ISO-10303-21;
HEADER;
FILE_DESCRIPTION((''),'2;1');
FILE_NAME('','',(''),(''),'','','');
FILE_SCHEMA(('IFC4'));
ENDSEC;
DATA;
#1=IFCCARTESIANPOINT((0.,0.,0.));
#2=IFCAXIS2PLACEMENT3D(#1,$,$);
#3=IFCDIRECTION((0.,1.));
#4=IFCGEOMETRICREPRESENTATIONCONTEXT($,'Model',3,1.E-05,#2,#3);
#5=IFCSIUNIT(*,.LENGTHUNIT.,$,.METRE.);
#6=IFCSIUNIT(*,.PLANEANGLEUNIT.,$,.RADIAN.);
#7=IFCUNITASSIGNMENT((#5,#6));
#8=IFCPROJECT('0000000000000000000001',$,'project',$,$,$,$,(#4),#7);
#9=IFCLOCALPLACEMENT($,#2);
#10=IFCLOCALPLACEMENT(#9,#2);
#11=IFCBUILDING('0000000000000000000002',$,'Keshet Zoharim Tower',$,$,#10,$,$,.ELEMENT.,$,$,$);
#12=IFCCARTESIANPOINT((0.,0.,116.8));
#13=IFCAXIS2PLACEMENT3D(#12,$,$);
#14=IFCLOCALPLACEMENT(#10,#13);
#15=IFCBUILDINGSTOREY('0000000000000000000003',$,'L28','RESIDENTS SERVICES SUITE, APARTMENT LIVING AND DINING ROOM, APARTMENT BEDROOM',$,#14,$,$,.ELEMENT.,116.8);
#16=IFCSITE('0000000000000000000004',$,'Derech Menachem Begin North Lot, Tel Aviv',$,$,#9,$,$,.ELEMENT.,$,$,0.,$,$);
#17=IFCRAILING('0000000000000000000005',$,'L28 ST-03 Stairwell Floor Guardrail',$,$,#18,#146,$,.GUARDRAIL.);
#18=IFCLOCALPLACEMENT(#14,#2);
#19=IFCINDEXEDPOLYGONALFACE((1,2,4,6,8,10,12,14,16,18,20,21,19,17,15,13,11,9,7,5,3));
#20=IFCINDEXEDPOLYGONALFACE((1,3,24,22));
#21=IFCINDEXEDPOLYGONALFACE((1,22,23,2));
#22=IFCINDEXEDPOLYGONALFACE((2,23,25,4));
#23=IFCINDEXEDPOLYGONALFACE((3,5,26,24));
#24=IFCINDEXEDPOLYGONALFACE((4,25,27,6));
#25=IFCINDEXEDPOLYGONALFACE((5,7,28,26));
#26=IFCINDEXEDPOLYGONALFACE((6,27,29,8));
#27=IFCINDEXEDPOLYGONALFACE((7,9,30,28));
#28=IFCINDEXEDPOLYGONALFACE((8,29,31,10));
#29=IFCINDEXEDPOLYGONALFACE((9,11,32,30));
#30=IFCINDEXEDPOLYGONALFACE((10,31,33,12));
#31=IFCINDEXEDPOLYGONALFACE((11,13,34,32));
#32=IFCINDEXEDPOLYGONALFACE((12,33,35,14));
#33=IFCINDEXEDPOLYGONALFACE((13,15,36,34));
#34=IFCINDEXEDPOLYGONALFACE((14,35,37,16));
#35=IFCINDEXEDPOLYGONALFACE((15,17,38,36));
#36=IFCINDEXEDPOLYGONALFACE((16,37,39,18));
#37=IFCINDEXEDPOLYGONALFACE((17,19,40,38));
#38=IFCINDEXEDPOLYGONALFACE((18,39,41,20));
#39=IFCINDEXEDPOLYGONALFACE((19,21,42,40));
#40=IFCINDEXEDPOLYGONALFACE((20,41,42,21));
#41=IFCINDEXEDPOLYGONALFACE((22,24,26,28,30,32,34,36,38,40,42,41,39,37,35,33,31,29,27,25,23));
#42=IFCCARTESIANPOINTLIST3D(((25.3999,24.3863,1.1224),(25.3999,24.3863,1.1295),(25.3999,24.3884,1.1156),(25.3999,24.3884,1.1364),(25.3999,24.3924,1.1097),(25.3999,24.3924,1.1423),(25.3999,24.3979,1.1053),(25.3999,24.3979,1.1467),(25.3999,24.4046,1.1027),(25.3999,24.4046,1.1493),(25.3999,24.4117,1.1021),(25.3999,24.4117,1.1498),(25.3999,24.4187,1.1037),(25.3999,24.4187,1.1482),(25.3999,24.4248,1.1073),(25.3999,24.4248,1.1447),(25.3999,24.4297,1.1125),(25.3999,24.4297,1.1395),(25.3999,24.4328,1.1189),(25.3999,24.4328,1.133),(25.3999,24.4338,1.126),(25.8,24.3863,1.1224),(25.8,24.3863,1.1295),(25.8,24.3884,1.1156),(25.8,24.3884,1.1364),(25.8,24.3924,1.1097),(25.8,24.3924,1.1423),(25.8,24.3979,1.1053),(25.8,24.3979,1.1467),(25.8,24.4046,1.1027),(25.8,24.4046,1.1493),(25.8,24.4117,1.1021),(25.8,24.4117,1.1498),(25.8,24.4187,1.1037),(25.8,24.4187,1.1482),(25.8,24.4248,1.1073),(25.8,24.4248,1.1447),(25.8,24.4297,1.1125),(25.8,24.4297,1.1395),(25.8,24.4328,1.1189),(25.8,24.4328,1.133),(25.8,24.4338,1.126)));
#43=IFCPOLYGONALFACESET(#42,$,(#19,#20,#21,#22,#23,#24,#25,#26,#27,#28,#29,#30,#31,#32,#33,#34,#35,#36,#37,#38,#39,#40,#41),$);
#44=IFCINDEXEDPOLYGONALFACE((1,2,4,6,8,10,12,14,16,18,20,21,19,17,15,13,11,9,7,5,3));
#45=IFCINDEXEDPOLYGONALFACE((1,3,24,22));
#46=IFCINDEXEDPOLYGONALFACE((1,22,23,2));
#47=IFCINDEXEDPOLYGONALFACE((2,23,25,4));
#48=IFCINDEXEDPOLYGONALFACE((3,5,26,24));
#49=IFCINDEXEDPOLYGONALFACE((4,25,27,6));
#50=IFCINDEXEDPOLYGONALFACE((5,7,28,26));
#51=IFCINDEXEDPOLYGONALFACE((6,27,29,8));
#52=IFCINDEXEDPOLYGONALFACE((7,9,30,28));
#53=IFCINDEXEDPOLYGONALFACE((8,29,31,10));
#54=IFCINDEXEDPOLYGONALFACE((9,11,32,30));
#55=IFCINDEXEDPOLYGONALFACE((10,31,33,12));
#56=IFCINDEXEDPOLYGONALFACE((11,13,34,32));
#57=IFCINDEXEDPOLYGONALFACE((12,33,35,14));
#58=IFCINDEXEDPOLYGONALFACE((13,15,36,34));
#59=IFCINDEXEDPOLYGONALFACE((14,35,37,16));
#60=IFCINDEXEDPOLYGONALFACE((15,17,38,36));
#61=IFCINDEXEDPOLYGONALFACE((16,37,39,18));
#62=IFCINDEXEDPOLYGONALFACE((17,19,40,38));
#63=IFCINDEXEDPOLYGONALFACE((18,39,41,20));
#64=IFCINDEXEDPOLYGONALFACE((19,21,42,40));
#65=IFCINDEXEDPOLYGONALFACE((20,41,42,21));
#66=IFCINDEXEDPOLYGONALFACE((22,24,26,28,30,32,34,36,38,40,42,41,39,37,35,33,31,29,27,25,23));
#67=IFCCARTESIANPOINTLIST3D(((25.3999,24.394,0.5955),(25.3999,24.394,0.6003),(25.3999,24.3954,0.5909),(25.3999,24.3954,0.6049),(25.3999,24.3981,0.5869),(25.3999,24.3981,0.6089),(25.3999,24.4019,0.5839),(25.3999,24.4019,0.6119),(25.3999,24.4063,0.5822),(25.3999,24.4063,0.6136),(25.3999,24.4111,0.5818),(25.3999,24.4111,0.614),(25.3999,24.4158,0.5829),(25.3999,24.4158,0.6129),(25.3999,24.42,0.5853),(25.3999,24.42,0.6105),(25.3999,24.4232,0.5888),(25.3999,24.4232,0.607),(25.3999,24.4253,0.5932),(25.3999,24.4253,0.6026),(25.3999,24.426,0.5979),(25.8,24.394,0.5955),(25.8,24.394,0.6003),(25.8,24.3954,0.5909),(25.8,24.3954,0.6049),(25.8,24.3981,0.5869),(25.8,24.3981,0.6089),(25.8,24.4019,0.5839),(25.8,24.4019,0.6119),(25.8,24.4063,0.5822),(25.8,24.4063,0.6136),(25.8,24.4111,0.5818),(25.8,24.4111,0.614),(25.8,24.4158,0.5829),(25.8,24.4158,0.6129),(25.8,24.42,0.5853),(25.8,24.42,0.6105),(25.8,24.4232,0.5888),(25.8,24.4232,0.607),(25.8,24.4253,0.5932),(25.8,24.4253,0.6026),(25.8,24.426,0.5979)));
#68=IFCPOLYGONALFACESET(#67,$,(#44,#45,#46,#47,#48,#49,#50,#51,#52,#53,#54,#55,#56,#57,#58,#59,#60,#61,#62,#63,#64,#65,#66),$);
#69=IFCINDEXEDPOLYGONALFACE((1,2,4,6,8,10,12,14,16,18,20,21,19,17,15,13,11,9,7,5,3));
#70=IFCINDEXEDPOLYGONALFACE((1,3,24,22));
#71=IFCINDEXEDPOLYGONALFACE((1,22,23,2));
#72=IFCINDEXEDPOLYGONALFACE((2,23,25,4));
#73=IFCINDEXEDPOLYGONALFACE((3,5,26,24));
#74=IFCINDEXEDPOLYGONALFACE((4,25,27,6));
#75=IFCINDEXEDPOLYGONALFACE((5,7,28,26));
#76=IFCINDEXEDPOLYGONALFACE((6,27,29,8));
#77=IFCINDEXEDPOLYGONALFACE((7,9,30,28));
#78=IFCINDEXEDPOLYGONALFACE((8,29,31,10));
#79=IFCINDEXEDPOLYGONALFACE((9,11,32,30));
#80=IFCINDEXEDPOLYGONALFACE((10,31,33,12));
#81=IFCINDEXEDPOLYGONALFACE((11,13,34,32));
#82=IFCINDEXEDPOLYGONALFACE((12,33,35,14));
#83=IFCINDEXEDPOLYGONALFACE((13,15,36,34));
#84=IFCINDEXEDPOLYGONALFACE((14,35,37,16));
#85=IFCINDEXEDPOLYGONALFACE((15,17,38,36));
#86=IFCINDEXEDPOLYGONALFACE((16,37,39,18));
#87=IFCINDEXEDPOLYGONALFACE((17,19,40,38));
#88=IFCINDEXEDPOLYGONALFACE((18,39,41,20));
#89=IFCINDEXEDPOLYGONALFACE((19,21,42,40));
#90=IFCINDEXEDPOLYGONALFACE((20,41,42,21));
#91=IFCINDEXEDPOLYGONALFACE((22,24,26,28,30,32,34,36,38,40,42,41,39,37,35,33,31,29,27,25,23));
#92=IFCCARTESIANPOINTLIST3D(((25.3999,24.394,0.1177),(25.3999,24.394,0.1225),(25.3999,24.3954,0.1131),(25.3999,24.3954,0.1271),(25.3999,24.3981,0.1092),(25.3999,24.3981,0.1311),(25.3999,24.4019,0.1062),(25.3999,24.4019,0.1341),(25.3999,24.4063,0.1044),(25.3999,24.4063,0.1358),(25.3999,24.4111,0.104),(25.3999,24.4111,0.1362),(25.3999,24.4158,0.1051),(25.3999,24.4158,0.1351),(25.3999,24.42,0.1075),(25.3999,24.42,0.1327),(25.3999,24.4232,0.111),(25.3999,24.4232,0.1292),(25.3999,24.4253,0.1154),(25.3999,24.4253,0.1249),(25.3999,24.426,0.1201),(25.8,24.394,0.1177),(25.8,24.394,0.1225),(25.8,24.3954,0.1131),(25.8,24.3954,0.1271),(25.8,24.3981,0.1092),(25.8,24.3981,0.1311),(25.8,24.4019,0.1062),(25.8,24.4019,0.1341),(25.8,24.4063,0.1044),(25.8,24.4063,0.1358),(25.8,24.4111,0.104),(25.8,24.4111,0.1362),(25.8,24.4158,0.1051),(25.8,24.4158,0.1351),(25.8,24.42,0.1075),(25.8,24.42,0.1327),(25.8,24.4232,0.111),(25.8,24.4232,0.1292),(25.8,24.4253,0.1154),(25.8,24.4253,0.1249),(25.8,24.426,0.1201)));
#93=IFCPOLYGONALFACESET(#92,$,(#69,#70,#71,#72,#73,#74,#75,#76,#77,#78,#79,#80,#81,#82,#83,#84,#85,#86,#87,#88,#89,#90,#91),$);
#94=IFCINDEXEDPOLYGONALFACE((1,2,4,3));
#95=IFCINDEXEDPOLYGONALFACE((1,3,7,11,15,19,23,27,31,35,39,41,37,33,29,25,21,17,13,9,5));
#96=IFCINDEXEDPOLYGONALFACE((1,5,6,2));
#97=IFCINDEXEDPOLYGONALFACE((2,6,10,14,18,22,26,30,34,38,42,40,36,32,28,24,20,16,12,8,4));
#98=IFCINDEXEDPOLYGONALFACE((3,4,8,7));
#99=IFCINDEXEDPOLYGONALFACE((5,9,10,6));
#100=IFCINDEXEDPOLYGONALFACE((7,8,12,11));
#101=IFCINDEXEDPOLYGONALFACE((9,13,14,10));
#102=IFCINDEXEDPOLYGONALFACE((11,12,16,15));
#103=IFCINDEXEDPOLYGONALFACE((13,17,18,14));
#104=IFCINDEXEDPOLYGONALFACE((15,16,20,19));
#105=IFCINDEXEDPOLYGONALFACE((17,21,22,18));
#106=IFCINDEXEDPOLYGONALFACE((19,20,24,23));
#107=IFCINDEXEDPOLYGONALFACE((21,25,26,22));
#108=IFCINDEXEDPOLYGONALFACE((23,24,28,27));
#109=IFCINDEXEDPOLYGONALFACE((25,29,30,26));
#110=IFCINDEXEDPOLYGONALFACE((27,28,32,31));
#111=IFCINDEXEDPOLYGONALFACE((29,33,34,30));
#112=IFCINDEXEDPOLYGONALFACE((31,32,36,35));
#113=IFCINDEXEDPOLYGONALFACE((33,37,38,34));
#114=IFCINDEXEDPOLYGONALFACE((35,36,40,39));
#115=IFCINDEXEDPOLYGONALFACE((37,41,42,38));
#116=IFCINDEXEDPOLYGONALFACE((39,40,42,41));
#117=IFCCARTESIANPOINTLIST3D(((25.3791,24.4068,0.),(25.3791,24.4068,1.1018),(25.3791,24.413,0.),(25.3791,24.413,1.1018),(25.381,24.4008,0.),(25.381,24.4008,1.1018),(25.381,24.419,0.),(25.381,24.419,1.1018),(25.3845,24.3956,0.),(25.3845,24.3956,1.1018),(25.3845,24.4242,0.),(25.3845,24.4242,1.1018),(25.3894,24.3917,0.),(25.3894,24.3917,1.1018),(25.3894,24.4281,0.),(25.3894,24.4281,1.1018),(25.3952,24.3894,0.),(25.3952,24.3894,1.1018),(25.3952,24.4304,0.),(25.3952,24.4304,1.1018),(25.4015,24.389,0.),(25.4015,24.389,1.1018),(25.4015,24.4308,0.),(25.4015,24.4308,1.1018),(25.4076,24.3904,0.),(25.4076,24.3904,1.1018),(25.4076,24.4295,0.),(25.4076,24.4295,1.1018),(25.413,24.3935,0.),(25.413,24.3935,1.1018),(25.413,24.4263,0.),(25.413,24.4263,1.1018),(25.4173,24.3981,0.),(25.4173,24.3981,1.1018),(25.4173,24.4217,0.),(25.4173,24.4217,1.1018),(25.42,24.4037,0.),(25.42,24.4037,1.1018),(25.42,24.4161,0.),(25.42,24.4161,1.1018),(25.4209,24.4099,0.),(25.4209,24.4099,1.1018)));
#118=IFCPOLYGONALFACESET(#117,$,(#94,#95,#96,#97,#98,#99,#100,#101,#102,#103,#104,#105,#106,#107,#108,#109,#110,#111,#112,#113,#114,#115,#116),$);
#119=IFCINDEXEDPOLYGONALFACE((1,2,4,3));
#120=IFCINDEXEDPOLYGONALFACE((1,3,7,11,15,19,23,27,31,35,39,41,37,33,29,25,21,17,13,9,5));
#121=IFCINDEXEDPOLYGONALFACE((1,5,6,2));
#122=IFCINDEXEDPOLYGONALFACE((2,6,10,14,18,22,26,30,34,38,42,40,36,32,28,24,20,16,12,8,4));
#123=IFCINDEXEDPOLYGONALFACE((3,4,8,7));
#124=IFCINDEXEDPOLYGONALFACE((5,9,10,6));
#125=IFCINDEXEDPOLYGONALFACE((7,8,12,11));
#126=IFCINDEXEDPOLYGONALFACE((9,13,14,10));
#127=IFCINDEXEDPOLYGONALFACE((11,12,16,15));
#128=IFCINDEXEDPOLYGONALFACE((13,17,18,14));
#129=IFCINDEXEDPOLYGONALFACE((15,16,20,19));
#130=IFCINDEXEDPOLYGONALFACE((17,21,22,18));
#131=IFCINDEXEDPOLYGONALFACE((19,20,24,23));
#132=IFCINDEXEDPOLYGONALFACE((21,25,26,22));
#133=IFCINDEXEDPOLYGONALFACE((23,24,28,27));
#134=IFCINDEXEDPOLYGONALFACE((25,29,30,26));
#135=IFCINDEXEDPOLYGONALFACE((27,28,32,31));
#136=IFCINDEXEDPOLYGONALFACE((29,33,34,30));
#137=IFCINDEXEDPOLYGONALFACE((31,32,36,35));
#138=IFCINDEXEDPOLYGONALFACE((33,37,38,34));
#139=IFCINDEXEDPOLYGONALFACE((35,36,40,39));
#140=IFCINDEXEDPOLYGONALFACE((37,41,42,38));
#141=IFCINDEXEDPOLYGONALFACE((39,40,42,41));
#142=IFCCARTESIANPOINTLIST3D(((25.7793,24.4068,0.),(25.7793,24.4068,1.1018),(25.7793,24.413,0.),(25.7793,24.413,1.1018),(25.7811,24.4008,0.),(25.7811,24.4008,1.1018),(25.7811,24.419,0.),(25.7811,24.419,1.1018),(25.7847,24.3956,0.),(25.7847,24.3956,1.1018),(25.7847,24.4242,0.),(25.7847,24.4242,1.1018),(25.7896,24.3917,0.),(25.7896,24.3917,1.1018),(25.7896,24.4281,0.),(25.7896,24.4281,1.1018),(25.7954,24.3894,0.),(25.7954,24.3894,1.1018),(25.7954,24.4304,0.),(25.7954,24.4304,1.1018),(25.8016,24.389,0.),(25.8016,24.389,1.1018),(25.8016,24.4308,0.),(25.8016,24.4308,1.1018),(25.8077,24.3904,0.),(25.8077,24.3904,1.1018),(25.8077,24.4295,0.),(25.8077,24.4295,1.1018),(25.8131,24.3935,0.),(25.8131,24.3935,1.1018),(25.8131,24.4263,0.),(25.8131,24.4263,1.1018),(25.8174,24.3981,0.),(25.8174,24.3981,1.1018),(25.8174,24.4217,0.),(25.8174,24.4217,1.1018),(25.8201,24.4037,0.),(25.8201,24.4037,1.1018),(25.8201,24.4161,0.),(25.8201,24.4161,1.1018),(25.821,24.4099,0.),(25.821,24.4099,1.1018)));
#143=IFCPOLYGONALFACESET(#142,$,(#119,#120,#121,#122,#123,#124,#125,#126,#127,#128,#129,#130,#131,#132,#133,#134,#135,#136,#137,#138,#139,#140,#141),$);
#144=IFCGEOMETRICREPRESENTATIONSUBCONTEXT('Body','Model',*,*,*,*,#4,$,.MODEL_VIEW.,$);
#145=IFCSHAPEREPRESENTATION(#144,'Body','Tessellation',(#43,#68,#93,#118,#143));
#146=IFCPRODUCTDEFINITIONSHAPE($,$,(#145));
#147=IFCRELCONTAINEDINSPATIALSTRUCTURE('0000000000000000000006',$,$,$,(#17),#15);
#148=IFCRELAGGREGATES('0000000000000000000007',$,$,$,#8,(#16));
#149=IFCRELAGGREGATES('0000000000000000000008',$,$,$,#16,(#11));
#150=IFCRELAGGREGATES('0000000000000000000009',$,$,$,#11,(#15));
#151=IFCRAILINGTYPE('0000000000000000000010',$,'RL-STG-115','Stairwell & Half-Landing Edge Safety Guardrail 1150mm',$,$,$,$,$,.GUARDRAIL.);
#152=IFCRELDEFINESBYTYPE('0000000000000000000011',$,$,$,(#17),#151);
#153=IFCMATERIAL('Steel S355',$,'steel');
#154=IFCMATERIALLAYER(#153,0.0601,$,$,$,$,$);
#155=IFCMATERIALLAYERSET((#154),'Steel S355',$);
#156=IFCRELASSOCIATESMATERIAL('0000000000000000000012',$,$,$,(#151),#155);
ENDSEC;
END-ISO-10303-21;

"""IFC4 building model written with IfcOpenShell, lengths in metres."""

from ifc_helpers import new_model, si_unit, direction, frame, origin, origin_2d, place, context, subcontext, project, spatial, circle, extrude, material, layer, layer_set, type_object, element, save


model = new_model("IFC4")

# Units and contexts
model_context = context("Model", 3, precision=1e-05, world=origin(), true_north=direction((0.0, 1.0)))
body_context = subcontext(model_context, "Body", "Model", "MODEL_VIEW")
ifc_project = project(units=[si_unit("LENGTHUNIT", "METRE"), si_unit("PLANEANGLEUNIT", "RADIAN")], contexts=[model_context])

# Site, building, storey
site_placement = place(None, origin())
site = spatial("IfcSite", under=ifc_project, at=site_placement, Name="Derech Menachem Begin North Lot, Tel Aviv", CompositionType="ELEMENT", RefElevation=0.0)
building_placement = place(site_placement, origin())
building = spatial("IfcBuilding", under=site, at=building_placement, Name="Keshet Zoharim Tower", CompositionType="ELEMENT")
storey_placement = place(building_placement, frame((0.0, 0.0, 116.8)))
storey = spatial("IfcBuildingStorey", under=building, at=storey_placement, Name="L28", Description="RESIDENTS SERVICES SUITE, APARTMENT LIVING AND DINING ROOM, APARTMENT BEDROOM", CompositionType="ELEMENT", Elevation=116.8)

# Shared definitions
ifc_material_1 = material(Name="Steel S355", Category="steel")

# Railing
ifc_layer_1 = layer(ifc_material_1, 0.0601)
ifc_layer_set_1 = layer_set([ifc_layer_1], Name="Steel S355")
railing_type_1 = type_object("IfcRailingType", Name="RL-STG-115", Description="Stairwell & Half-Landing Edge Safety Guardrail 1150mm", PredefinedType="GUARDRAIL", material=ifc_layer_set_1)
railing_1_placement = place(storey_placement, frame((25.3999, 24.4099, 0.0)))
element("IfcRailing", 1, at=railing_1_placement, inside=storey, type_object=railing_type_1, Name="L28 ST-03 Stairwell Floor Guardrail", PredefinedType="GUARDRAIL", context=body_context, shape_type="SweptSolid", body=[
    extrude(circle(Radius=0.0239, at=origin_2d()), frame((0.0, 0.0, 1.126), z_axis=(1.0, 0.0, 0.0), x_axis=(0.0, 1.0, 0.0)), (0.0, 0.0, 1.0), 0.4001),
    extrude(circle(Radius=0.0161, at=origin_2d()), frame((0.0, 0.0, 0.5979), z_axis=(1.0, 0.0, 0.0), x_axis=(0.0, 1.0, 0.0)), (0.0, 0.0, 1.0), 0.4001),
    extrude(circle(Radius=0.0161, at=origin_2d()), frame((0.0, 0.0, 0.1201), z_axis=(1.0, 0.0, 0.0), x_axis=(0.0, 1.0, 0.0)), (0.0, 0.0, 1.0), 0.4001),
    extrude(circle(Radius=0.021, at=origin_2d()), origin(), (0.0, 0.0, 1.0), 1.1018),
    extrude(circle(Radius=0.021, at=origin_2d()), frame((0.4001, 0.0, 0.0)), (0.0, 0.0, 1.0), 1.1018),
])

save(model, "model.ifc")
